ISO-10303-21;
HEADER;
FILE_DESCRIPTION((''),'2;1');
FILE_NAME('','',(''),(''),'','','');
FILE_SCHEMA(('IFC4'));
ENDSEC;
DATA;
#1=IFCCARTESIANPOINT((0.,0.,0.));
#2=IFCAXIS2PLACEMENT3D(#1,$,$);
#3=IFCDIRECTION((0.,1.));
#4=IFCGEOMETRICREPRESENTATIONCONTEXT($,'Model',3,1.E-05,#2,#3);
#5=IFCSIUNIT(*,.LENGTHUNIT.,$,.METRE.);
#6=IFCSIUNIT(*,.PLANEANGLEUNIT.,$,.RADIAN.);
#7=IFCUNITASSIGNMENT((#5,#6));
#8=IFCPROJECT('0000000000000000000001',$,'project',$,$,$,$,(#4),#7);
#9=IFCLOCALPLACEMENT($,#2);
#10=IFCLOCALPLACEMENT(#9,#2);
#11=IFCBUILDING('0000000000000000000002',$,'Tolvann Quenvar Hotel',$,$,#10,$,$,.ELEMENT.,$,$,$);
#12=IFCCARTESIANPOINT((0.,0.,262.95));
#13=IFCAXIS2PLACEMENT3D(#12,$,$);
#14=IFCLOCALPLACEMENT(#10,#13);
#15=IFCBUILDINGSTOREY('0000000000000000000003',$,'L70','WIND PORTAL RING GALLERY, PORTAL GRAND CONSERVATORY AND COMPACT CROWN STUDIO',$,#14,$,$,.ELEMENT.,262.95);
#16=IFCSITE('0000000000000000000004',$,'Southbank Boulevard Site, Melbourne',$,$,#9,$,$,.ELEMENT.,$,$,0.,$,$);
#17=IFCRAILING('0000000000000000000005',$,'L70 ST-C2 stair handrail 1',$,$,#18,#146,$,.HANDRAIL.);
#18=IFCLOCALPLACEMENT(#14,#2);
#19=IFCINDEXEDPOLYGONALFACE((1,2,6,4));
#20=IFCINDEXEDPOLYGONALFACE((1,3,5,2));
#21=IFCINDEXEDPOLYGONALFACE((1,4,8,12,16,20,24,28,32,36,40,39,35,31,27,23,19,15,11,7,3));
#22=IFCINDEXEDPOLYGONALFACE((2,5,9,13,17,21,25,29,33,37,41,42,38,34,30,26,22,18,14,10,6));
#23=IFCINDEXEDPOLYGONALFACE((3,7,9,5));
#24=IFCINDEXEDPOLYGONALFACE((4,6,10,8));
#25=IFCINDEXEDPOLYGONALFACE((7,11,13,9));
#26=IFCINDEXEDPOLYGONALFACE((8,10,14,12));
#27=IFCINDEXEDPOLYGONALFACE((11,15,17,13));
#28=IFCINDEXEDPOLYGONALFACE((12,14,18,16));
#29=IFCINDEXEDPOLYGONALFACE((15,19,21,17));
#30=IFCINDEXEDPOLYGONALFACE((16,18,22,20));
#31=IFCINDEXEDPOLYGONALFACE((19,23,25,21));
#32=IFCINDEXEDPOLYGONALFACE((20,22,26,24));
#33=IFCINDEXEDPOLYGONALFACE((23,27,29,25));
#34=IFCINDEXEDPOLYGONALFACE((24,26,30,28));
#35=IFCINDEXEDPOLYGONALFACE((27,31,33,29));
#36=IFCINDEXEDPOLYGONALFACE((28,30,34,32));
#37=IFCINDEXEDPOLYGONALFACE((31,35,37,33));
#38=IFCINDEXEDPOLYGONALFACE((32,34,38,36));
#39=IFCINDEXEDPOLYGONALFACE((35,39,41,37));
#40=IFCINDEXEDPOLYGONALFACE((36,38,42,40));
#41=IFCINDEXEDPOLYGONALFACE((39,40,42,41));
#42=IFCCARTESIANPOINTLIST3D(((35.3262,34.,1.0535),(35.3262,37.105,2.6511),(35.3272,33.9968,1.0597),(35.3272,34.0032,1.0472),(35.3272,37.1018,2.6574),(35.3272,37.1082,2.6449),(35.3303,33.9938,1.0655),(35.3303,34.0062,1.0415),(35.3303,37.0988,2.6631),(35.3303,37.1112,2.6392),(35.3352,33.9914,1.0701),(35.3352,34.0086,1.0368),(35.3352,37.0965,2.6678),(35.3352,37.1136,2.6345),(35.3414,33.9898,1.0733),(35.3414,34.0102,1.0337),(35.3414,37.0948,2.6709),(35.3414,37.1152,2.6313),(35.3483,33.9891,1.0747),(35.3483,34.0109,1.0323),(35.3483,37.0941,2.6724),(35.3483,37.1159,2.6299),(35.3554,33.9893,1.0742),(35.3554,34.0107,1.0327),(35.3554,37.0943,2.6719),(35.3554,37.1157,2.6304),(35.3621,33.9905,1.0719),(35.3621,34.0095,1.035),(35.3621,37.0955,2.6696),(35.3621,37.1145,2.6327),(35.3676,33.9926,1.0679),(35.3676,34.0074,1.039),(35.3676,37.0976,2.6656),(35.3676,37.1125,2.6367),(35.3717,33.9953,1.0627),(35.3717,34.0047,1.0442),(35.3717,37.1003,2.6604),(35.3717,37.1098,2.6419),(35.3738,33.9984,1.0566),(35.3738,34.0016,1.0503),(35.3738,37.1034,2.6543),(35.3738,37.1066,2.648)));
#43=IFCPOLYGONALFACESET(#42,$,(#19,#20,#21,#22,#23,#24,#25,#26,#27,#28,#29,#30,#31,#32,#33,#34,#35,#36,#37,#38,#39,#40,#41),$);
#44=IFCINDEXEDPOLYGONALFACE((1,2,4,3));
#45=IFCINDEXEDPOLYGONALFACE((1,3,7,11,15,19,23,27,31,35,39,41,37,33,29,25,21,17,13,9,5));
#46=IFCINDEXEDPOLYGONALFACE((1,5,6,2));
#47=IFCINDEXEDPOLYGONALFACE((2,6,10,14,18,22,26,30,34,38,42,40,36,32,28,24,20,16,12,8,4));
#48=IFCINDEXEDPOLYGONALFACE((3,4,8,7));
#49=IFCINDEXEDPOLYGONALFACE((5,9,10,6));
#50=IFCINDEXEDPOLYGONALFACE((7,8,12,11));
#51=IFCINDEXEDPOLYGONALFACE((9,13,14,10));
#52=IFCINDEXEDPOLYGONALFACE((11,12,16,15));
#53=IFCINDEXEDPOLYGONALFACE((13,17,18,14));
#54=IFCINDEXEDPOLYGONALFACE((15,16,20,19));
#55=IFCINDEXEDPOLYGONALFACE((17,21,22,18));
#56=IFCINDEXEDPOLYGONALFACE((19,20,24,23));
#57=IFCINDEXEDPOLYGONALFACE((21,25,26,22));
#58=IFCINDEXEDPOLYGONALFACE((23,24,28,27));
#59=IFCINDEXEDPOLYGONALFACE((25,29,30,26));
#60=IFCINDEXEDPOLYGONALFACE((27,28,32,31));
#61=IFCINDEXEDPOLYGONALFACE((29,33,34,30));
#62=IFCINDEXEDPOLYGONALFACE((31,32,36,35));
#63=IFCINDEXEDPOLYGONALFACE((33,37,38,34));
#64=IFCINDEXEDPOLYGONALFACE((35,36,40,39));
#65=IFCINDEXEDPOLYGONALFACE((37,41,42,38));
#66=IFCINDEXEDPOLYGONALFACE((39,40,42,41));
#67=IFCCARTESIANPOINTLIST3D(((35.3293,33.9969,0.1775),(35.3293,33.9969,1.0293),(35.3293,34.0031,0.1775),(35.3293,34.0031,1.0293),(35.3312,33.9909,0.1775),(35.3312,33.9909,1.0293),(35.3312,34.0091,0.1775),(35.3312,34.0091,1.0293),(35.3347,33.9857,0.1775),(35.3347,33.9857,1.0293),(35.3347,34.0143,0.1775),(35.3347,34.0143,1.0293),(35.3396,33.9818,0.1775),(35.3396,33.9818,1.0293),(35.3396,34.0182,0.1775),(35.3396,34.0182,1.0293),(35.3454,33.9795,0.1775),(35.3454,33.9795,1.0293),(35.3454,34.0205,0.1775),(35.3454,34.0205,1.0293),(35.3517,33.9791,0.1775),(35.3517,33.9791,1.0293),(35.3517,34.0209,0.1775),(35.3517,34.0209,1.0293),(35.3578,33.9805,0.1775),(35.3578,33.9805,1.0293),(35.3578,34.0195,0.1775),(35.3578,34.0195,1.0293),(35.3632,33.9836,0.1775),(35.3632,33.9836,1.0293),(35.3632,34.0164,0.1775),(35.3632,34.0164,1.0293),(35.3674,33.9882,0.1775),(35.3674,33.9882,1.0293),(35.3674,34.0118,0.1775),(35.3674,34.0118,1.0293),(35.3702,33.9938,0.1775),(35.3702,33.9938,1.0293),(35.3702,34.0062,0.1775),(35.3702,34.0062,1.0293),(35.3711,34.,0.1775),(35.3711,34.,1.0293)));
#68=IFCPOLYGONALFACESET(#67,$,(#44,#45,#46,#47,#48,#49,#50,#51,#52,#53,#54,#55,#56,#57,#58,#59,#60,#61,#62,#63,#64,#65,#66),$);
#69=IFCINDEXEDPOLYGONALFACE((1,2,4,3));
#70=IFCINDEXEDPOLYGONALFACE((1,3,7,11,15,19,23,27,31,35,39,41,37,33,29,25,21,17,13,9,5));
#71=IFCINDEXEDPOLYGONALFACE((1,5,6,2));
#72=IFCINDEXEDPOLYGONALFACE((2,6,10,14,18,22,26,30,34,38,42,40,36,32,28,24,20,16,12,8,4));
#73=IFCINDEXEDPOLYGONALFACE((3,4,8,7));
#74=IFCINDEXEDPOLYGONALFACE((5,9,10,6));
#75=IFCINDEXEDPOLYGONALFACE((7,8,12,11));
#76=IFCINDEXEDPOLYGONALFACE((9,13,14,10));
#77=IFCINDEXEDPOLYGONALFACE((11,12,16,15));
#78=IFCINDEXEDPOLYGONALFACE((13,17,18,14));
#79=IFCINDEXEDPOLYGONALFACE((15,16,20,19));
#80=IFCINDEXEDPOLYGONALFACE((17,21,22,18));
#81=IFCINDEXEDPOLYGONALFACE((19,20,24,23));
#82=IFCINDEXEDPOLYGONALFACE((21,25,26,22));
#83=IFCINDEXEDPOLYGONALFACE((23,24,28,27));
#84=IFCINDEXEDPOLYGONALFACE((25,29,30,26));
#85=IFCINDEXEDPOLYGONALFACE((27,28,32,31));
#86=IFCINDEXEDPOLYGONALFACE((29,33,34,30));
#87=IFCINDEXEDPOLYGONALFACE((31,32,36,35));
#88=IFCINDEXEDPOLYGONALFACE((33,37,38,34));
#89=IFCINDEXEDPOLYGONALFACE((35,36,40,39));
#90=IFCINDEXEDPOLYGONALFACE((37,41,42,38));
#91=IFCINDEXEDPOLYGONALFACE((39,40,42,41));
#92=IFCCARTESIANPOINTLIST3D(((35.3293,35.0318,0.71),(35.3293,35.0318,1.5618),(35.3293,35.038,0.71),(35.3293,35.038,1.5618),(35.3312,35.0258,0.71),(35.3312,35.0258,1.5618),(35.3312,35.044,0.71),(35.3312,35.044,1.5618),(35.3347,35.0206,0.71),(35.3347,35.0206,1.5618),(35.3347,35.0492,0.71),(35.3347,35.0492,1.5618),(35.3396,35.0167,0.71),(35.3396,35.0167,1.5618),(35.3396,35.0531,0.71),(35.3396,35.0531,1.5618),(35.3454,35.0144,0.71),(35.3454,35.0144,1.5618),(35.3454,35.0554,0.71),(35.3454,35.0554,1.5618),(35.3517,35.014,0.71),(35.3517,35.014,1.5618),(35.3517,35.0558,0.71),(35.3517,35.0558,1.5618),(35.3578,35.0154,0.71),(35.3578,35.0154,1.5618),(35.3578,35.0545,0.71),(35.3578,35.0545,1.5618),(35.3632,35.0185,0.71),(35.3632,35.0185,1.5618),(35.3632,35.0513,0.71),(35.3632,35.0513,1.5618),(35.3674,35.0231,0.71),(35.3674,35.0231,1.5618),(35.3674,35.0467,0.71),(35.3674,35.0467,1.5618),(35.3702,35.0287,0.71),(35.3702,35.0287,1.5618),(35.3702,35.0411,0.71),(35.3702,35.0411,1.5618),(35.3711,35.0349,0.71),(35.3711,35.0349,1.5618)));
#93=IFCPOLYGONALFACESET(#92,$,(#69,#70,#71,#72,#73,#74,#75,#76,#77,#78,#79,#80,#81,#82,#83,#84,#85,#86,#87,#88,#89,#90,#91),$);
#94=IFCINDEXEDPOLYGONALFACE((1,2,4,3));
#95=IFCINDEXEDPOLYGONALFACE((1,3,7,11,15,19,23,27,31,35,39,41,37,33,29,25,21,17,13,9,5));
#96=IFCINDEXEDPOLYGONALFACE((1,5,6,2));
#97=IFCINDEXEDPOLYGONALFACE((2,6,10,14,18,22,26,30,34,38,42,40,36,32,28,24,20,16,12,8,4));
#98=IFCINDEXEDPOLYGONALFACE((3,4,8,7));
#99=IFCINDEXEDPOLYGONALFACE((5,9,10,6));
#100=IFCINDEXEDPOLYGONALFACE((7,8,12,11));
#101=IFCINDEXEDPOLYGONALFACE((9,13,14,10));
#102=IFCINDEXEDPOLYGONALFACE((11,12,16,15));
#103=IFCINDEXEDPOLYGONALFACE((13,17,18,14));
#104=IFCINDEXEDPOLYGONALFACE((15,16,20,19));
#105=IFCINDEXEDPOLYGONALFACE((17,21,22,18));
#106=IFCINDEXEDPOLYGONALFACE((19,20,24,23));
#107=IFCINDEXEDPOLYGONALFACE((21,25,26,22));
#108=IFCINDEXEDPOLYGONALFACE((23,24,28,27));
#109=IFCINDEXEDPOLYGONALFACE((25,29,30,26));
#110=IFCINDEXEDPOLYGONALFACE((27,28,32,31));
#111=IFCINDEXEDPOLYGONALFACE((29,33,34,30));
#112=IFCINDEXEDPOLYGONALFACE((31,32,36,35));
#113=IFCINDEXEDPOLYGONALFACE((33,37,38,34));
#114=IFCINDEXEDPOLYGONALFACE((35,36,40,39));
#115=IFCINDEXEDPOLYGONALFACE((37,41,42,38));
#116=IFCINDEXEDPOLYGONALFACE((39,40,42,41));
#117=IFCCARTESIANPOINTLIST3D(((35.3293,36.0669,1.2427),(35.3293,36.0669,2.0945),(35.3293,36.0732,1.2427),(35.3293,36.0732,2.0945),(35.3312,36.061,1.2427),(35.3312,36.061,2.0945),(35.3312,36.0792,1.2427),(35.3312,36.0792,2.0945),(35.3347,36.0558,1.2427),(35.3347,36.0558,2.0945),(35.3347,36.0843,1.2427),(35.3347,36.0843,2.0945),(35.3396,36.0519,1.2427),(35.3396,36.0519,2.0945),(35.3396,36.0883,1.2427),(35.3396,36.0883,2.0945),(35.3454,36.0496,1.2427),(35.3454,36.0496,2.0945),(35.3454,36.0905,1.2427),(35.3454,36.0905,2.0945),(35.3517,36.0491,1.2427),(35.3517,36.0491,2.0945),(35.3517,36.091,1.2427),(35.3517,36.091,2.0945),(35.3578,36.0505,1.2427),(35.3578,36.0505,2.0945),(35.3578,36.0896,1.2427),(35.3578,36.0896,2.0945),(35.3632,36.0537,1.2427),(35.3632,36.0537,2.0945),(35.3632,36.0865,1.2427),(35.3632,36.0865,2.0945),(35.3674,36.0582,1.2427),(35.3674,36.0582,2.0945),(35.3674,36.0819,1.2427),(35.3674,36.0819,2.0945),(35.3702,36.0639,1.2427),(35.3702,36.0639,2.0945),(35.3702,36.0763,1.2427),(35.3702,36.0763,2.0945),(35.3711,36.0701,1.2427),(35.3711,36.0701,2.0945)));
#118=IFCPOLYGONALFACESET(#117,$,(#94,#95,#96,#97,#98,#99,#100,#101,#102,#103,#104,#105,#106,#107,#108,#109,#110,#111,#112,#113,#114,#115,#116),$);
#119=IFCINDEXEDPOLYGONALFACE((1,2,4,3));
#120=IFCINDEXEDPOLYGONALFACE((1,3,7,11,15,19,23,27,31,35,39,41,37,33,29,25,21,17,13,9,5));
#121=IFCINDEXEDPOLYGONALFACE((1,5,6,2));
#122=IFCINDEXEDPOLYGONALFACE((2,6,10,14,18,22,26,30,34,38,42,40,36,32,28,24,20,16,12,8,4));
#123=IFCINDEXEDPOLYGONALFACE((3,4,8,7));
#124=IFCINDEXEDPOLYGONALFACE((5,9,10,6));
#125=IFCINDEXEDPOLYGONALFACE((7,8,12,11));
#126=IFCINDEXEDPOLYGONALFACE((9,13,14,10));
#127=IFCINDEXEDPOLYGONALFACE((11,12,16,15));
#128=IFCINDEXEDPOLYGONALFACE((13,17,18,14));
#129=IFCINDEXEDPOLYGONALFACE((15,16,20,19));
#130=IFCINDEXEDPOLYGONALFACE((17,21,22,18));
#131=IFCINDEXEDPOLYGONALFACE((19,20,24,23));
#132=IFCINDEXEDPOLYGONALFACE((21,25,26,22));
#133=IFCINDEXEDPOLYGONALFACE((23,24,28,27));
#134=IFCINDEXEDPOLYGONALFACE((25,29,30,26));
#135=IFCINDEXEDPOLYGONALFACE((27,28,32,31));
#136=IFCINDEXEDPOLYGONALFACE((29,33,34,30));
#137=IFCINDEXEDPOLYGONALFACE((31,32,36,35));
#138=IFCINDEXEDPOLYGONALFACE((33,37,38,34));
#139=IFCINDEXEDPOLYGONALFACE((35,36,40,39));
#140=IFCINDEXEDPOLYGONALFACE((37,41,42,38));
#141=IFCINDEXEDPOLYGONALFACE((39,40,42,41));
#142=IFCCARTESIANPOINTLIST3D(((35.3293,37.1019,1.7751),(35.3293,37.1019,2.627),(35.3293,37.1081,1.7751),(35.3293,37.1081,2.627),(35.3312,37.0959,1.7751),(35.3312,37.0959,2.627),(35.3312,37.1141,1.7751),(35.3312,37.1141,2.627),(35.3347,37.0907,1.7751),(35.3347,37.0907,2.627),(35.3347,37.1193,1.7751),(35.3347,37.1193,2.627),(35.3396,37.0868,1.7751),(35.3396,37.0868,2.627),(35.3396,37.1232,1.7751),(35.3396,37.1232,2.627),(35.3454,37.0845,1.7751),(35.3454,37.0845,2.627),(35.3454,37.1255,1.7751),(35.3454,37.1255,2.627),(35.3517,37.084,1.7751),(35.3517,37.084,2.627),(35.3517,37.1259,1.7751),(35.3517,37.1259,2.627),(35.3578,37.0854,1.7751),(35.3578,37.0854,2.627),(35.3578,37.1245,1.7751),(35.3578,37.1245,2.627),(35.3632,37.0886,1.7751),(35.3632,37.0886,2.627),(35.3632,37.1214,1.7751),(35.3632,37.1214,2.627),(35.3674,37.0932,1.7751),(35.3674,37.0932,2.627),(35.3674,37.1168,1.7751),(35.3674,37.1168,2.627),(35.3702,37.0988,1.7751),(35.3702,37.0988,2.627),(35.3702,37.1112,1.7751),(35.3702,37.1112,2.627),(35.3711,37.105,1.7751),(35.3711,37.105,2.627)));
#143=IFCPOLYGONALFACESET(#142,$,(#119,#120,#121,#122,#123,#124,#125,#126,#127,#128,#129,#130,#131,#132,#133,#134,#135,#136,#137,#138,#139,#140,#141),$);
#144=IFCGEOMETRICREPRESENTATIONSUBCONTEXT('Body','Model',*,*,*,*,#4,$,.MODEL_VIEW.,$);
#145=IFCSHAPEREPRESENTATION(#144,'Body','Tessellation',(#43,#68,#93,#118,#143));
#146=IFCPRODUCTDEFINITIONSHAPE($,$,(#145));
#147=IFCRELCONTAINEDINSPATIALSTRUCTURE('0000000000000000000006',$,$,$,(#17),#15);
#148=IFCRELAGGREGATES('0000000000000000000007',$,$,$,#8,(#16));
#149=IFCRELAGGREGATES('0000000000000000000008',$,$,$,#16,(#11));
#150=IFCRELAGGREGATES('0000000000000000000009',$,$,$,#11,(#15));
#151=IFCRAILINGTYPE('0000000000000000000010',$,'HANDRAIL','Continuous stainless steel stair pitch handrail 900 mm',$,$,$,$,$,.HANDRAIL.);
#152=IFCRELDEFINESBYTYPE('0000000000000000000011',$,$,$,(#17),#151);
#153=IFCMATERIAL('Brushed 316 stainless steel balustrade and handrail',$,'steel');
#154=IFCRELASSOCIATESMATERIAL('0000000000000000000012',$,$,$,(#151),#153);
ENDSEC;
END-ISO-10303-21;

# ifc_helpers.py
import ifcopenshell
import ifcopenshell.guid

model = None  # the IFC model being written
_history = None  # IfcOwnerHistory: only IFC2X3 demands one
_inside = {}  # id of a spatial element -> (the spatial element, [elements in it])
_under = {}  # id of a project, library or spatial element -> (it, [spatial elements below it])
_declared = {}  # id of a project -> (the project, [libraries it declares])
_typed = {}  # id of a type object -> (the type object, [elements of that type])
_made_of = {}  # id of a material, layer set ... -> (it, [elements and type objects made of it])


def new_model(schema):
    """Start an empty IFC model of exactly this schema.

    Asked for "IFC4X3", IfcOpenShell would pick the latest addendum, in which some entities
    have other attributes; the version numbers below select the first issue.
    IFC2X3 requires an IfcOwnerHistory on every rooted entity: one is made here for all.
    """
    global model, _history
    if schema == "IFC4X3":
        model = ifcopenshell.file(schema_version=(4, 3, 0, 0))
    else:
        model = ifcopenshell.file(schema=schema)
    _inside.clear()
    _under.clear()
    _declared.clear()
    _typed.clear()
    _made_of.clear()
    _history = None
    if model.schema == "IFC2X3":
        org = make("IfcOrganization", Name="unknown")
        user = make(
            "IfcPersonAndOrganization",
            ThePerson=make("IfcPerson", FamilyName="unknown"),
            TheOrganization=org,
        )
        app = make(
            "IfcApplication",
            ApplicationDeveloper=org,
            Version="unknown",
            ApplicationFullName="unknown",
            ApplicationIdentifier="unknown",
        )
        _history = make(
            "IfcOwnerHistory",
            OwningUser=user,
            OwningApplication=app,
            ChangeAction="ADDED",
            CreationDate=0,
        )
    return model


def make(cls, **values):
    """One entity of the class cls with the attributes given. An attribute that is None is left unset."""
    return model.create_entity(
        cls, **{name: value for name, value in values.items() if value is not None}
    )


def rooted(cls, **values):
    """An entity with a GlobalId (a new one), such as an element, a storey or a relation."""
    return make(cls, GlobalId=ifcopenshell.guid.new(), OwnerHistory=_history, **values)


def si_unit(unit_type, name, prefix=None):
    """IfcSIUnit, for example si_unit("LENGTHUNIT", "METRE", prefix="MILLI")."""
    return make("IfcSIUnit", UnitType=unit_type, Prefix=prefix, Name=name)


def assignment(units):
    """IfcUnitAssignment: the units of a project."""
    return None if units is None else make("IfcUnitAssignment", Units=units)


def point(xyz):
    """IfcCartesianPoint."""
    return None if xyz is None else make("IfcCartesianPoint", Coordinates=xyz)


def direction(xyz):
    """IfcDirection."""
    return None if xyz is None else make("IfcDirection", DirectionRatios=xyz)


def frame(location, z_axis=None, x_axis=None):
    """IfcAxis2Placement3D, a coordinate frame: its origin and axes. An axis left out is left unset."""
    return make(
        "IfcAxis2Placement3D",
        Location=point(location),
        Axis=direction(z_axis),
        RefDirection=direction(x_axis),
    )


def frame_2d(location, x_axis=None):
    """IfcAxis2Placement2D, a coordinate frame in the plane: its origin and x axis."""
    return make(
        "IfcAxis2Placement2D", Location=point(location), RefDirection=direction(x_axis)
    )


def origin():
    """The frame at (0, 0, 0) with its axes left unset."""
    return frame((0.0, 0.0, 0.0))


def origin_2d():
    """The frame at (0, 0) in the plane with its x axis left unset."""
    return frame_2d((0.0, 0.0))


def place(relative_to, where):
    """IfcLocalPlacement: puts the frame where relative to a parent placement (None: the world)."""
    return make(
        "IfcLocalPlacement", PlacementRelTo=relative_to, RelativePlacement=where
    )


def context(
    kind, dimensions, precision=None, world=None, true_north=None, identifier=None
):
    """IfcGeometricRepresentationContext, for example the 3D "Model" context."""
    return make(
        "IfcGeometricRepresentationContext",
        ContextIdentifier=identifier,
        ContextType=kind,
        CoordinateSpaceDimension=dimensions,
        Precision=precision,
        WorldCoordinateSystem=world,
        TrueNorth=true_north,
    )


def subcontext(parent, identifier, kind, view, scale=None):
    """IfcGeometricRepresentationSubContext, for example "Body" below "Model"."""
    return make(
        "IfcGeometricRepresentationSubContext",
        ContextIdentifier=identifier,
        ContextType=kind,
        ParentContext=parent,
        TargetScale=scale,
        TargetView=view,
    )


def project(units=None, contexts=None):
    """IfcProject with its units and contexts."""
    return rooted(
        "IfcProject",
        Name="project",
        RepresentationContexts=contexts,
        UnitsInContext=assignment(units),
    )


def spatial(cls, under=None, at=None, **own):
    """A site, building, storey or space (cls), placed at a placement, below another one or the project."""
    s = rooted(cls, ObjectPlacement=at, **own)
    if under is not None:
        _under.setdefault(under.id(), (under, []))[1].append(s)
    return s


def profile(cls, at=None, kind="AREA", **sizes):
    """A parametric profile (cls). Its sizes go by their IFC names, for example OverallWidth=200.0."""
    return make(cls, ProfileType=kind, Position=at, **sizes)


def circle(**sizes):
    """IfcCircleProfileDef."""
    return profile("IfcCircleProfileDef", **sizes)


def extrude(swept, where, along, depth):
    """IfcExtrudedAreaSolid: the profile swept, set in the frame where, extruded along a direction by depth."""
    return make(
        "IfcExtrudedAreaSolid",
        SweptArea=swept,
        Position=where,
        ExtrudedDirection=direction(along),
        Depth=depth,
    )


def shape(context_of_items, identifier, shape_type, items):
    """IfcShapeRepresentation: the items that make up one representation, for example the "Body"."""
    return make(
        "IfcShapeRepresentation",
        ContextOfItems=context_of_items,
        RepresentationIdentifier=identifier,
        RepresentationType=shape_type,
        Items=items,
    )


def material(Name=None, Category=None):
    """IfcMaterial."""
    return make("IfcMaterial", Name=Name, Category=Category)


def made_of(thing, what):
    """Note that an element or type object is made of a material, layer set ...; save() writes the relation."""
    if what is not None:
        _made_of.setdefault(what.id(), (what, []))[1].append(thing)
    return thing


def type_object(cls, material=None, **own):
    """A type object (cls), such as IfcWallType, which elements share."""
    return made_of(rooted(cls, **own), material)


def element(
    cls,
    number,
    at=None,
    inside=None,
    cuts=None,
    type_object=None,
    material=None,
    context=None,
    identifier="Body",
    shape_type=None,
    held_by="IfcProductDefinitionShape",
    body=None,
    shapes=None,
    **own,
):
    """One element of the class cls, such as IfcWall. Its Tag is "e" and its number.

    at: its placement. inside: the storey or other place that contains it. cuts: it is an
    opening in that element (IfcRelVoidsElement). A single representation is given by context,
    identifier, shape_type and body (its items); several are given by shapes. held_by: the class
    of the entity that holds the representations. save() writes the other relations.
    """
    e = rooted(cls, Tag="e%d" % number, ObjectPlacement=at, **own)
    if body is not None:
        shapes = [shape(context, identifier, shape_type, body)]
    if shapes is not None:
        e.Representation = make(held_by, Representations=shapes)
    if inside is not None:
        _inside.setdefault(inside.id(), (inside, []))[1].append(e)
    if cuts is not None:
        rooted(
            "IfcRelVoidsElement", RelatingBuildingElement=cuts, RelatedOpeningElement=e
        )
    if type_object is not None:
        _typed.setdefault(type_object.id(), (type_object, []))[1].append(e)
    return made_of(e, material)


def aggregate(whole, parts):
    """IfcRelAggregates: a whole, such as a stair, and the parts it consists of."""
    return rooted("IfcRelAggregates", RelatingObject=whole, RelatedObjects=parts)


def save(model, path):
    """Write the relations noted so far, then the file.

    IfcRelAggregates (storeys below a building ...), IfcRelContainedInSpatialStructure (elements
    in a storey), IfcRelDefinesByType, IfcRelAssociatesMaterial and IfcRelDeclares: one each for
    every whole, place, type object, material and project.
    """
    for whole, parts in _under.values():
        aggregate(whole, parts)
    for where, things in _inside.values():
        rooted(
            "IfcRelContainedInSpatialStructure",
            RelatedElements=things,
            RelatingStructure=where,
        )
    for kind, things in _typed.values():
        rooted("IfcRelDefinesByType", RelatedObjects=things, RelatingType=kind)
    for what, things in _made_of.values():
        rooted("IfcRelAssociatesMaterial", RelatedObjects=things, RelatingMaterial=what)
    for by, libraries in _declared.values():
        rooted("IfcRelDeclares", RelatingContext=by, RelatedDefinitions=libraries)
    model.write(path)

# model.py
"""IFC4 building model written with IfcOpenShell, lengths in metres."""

from ifc_helpers import new_model, si_unit, direction, frame, origin, origin_2d, place, context, subcontext, project, spatial, circle, extrude, material, type_object, element, save


model = new_model("IFC4")

# Units and contexts
model_context = context("Model", 3, precision=1e-05, world=origin(), true_north=direction((0.0, 1.0)))
body_context = subcontext(model_context, "Body", "Model", "MODEL_VIEW")
ifc_project = project(units=[si_unit("LENGTHUNIT", "METRE"), si_unit("PLANEANGLEUNIT", "RADIAN")], contexts=[model_context])

# Site, building, storey
site_placement = place(None, origin())
site = spatial("IfcSite", under=ifc_project, at=site_placement, Name="Southbank Boulevard Site, Melbourne", CompositionType="ELEMENT", RefElevation=0.0)
building_placement = place(site_placement, origin())
building = spatial("IfcBuilding", under=site, at=building_placement, Name="Tolvann Quenvar Hotel", CompositionType="ELEMENT")
storey_placement = place(building_placement, frame((0.0, 0.0, 262.95)))
storey = spatial("IfcBuildingStorey", under=building, at=storey_placement, Name="L70", Description="WIND PORTAL RING GALLERY, PORTAL GRAND CONSERVATORY AND COMPACT CROWN STUDIO", CompositionType="ELEMENT", Elevation=262.95)

# Railing
ifc_material_1 = material(Name="Brushed 316 stainless steel balustrade and handrail", Category="steel")
railing_type_1 = type_object("IfcRailingType", Name="HANDRAIL", Description="Continuous stainless steel stair pitch handrail 900 mm", PredefinedType="HANDRAIL", material=ifc_material_1)
railing_1_placement = place(storey_placement, frame((35.3501, 34.0, 0.1775)))
element("IfcRailing", 1, at=railing_1_placement, inside=storey, type_object=railing_type_1, Name="L70 ST-C2 stair handrail 1", PredefinedType="HANDRAIL", context=body_context, shape_type="SweptSolid", body=[
    extrude(circle(Radius=0.0239, at=origin_2d()), frame((0.0, 0.0, 0.876), z_axis=(0.0, 0.889194, 0.457531), x_axis=(-1.0, 0.0, 0.0)), (0.0, 0.0, 1.0), 3.4919),
    extrude(circle(Radius=0.021, at=origin_2d()), origin(), (0.0, 0.0, 1.0), 0.8518),
    extrude(circle(Radius=0.021, at=origin_2d()), frame((0.0, 1.0349, 0.5325)), (0.0, 0.0, 1.0), 0.8518),
    extrude(circle(Radius=0.021, at=origin_2d()), frame((0.0, 2.0701, 1.0652)), (0.0, 0.0, 1.0), 0.8518),
    extrude(circle(Radius=0.021, at=origin_2d()), frame((0.0, 3.105, 1.5977)), (0.0, 0.0, 1.0), 0.8518),
])

save(model, "model.ifc")
